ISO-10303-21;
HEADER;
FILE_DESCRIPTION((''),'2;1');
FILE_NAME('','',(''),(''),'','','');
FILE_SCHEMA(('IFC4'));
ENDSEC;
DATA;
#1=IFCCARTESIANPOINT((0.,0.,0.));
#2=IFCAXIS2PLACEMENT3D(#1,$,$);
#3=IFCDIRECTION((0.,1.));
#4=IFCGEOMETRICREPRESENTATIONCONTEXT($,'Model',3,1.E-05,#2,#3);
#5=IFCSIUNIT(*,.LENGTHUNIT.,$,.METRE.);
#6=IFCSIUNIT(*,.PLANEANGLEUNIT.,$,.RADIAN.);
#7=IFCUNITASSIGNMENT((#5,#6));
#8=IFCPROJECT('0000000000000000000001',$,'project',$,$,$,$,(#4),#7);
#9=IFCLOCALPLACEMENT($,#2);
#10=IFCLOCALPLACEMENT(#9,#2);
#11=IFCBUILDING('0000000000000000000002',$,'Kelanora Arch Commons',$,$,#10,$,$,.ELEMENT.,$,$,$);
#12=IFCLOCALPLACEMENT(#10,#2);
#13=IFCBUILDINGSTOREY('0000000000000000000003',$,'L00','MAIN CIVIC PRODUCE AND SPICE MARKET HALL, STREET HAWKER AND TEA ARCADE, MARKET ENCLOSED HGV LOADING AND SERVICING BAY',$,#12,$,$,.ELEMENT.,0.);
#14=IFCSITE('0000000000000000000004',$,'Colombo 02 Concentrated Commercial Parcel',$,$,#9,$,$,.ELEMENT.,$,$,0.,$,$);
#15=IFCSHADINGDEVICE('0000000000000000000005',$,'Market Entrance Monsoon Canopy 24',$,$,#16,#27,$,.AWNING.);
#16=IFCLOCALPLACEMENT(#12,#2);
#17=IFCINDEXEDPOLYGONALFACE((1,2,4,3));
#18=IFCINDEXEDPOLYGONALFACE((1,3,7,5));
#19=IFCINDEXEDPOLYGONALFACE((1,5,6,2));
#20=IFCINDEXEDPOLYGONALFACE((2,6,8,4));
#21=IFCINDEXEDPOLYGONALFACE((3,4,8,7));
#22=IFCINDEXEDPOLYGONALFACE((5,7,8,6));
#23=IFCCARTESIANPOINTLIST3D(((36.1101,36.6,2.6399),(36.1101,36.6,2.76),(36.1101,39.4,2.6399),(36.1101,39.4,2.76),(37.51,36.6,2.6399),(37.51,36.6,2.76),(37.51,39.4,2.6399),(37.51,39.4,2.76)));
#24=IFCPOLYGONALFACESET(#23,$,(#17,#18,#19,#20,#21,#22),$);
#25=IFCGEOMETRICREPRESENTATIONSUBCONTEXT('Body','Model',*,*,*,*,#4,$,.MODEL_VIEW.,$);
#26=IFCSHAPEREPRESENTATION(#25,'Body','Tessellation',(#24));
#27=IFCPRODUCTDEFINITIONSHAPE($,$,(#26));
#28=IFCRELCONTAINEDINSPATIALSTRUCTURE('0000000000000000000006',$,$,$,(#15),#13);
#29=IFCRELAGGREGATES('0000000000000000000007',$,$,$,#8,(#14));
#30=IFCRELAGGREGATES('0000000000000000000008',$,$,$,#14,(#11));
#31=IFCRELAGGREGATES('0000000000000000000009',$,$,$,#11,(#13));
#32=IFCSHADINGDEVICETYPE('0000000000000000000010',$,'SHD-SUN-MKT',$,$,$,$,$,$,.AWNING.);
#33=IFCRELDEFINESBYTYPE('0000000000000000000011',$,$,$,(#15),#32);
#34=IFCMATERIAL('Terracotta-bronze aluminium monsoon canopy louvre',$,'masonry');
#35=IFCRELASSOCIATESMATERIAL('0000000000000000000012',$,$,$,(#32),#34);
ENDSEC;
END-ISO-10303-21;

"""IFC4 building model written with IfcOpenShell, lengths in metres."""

from ifc_helpers import new_model, si_unit, direction, frame, origin, origin_2d, place, context, subcontext, project, spatial, rectangle, extrude, source, transform, mapped, material, type_object, element, save


model = new_model("IFC4")

# Units and contexts
model_context = context("Model", 3, precision=1e-05, world=origin(), true_north=direction((0.0, 1.0)))
body_context = subcontext(model_context, "Body", "Model", "MODEL_VIEW")
ifc_project = project(units=[si_unit("LENGTHUNIT", "METRE"), si_unit("PLANEANGLEUNIT", "RADIAN")], contexts=[model_context])

# Site, building, storey
site_placement = place(None, origin())
site = spatial("IfcSite", under=ifc_project, at=site_placement, Name="Colombo 02 Concentrated Commercial Parcel", CompositionType="ELEMENT", RefElevation=0.0)
building_placement = place(site_placement, origin())
building = spatial("IfcBuilding", under=site, at=building_placement, Name="Kelanora Arch Commons", CompositionType="ELEMENT")
storey_placement = place(building_placement, origin())
storey = spatial("IfcBuildingStorey", under=building, at=storey_placement, Name="L00", Description="MAIN CIVIC PRODUCE AND SPICE MARKET HALL, STREET HAWKER AND TEA ARCADE, MARKET ENCLOSED HGV LOADING AND SERVICING BAY", CompositionType="ELEMENT", Elevation=0.0)

# Shading device
ifc_material_1 = material(Name="Terracotta-bronze aluminium monsoon canopy louvre", Category="masonry")
shading_device_type = type_object("IfcShadingDeviceType", Name="SHD-SUN-MKT", PredefinedType="AWNING", material=ifc_material_1)
shared_shape_1 = source(origin(), body_context, "Body", "SweptSolid", [
    extrude(rectangle(XDim=2.8, YDim=1.3999, at=origin_2d()), origin(), (0.0, 0.0, 1.0), 0.1201),
])
shading_device_placement = place(storey_placement, frame((36.8101, 38.0, 2.6399), z_axis=(0.0, 0.0, 1.0), x_axis=(0.0, 1.0, 0.0)))
element("IfcShadingDevice", 1, at=shading_device_placement, inside=storey, type_object=shading_device_type, Name="Market Entrance Monsoon Canopy 24", PredefinedType="AWNING", context=body_context, shape_type="MappedRepresentation", body=[
    mapped(shared_shape_1, transform((0.0, 0.0, 0.0), scale=1.0)),
])

save(model, "model.ifc")
